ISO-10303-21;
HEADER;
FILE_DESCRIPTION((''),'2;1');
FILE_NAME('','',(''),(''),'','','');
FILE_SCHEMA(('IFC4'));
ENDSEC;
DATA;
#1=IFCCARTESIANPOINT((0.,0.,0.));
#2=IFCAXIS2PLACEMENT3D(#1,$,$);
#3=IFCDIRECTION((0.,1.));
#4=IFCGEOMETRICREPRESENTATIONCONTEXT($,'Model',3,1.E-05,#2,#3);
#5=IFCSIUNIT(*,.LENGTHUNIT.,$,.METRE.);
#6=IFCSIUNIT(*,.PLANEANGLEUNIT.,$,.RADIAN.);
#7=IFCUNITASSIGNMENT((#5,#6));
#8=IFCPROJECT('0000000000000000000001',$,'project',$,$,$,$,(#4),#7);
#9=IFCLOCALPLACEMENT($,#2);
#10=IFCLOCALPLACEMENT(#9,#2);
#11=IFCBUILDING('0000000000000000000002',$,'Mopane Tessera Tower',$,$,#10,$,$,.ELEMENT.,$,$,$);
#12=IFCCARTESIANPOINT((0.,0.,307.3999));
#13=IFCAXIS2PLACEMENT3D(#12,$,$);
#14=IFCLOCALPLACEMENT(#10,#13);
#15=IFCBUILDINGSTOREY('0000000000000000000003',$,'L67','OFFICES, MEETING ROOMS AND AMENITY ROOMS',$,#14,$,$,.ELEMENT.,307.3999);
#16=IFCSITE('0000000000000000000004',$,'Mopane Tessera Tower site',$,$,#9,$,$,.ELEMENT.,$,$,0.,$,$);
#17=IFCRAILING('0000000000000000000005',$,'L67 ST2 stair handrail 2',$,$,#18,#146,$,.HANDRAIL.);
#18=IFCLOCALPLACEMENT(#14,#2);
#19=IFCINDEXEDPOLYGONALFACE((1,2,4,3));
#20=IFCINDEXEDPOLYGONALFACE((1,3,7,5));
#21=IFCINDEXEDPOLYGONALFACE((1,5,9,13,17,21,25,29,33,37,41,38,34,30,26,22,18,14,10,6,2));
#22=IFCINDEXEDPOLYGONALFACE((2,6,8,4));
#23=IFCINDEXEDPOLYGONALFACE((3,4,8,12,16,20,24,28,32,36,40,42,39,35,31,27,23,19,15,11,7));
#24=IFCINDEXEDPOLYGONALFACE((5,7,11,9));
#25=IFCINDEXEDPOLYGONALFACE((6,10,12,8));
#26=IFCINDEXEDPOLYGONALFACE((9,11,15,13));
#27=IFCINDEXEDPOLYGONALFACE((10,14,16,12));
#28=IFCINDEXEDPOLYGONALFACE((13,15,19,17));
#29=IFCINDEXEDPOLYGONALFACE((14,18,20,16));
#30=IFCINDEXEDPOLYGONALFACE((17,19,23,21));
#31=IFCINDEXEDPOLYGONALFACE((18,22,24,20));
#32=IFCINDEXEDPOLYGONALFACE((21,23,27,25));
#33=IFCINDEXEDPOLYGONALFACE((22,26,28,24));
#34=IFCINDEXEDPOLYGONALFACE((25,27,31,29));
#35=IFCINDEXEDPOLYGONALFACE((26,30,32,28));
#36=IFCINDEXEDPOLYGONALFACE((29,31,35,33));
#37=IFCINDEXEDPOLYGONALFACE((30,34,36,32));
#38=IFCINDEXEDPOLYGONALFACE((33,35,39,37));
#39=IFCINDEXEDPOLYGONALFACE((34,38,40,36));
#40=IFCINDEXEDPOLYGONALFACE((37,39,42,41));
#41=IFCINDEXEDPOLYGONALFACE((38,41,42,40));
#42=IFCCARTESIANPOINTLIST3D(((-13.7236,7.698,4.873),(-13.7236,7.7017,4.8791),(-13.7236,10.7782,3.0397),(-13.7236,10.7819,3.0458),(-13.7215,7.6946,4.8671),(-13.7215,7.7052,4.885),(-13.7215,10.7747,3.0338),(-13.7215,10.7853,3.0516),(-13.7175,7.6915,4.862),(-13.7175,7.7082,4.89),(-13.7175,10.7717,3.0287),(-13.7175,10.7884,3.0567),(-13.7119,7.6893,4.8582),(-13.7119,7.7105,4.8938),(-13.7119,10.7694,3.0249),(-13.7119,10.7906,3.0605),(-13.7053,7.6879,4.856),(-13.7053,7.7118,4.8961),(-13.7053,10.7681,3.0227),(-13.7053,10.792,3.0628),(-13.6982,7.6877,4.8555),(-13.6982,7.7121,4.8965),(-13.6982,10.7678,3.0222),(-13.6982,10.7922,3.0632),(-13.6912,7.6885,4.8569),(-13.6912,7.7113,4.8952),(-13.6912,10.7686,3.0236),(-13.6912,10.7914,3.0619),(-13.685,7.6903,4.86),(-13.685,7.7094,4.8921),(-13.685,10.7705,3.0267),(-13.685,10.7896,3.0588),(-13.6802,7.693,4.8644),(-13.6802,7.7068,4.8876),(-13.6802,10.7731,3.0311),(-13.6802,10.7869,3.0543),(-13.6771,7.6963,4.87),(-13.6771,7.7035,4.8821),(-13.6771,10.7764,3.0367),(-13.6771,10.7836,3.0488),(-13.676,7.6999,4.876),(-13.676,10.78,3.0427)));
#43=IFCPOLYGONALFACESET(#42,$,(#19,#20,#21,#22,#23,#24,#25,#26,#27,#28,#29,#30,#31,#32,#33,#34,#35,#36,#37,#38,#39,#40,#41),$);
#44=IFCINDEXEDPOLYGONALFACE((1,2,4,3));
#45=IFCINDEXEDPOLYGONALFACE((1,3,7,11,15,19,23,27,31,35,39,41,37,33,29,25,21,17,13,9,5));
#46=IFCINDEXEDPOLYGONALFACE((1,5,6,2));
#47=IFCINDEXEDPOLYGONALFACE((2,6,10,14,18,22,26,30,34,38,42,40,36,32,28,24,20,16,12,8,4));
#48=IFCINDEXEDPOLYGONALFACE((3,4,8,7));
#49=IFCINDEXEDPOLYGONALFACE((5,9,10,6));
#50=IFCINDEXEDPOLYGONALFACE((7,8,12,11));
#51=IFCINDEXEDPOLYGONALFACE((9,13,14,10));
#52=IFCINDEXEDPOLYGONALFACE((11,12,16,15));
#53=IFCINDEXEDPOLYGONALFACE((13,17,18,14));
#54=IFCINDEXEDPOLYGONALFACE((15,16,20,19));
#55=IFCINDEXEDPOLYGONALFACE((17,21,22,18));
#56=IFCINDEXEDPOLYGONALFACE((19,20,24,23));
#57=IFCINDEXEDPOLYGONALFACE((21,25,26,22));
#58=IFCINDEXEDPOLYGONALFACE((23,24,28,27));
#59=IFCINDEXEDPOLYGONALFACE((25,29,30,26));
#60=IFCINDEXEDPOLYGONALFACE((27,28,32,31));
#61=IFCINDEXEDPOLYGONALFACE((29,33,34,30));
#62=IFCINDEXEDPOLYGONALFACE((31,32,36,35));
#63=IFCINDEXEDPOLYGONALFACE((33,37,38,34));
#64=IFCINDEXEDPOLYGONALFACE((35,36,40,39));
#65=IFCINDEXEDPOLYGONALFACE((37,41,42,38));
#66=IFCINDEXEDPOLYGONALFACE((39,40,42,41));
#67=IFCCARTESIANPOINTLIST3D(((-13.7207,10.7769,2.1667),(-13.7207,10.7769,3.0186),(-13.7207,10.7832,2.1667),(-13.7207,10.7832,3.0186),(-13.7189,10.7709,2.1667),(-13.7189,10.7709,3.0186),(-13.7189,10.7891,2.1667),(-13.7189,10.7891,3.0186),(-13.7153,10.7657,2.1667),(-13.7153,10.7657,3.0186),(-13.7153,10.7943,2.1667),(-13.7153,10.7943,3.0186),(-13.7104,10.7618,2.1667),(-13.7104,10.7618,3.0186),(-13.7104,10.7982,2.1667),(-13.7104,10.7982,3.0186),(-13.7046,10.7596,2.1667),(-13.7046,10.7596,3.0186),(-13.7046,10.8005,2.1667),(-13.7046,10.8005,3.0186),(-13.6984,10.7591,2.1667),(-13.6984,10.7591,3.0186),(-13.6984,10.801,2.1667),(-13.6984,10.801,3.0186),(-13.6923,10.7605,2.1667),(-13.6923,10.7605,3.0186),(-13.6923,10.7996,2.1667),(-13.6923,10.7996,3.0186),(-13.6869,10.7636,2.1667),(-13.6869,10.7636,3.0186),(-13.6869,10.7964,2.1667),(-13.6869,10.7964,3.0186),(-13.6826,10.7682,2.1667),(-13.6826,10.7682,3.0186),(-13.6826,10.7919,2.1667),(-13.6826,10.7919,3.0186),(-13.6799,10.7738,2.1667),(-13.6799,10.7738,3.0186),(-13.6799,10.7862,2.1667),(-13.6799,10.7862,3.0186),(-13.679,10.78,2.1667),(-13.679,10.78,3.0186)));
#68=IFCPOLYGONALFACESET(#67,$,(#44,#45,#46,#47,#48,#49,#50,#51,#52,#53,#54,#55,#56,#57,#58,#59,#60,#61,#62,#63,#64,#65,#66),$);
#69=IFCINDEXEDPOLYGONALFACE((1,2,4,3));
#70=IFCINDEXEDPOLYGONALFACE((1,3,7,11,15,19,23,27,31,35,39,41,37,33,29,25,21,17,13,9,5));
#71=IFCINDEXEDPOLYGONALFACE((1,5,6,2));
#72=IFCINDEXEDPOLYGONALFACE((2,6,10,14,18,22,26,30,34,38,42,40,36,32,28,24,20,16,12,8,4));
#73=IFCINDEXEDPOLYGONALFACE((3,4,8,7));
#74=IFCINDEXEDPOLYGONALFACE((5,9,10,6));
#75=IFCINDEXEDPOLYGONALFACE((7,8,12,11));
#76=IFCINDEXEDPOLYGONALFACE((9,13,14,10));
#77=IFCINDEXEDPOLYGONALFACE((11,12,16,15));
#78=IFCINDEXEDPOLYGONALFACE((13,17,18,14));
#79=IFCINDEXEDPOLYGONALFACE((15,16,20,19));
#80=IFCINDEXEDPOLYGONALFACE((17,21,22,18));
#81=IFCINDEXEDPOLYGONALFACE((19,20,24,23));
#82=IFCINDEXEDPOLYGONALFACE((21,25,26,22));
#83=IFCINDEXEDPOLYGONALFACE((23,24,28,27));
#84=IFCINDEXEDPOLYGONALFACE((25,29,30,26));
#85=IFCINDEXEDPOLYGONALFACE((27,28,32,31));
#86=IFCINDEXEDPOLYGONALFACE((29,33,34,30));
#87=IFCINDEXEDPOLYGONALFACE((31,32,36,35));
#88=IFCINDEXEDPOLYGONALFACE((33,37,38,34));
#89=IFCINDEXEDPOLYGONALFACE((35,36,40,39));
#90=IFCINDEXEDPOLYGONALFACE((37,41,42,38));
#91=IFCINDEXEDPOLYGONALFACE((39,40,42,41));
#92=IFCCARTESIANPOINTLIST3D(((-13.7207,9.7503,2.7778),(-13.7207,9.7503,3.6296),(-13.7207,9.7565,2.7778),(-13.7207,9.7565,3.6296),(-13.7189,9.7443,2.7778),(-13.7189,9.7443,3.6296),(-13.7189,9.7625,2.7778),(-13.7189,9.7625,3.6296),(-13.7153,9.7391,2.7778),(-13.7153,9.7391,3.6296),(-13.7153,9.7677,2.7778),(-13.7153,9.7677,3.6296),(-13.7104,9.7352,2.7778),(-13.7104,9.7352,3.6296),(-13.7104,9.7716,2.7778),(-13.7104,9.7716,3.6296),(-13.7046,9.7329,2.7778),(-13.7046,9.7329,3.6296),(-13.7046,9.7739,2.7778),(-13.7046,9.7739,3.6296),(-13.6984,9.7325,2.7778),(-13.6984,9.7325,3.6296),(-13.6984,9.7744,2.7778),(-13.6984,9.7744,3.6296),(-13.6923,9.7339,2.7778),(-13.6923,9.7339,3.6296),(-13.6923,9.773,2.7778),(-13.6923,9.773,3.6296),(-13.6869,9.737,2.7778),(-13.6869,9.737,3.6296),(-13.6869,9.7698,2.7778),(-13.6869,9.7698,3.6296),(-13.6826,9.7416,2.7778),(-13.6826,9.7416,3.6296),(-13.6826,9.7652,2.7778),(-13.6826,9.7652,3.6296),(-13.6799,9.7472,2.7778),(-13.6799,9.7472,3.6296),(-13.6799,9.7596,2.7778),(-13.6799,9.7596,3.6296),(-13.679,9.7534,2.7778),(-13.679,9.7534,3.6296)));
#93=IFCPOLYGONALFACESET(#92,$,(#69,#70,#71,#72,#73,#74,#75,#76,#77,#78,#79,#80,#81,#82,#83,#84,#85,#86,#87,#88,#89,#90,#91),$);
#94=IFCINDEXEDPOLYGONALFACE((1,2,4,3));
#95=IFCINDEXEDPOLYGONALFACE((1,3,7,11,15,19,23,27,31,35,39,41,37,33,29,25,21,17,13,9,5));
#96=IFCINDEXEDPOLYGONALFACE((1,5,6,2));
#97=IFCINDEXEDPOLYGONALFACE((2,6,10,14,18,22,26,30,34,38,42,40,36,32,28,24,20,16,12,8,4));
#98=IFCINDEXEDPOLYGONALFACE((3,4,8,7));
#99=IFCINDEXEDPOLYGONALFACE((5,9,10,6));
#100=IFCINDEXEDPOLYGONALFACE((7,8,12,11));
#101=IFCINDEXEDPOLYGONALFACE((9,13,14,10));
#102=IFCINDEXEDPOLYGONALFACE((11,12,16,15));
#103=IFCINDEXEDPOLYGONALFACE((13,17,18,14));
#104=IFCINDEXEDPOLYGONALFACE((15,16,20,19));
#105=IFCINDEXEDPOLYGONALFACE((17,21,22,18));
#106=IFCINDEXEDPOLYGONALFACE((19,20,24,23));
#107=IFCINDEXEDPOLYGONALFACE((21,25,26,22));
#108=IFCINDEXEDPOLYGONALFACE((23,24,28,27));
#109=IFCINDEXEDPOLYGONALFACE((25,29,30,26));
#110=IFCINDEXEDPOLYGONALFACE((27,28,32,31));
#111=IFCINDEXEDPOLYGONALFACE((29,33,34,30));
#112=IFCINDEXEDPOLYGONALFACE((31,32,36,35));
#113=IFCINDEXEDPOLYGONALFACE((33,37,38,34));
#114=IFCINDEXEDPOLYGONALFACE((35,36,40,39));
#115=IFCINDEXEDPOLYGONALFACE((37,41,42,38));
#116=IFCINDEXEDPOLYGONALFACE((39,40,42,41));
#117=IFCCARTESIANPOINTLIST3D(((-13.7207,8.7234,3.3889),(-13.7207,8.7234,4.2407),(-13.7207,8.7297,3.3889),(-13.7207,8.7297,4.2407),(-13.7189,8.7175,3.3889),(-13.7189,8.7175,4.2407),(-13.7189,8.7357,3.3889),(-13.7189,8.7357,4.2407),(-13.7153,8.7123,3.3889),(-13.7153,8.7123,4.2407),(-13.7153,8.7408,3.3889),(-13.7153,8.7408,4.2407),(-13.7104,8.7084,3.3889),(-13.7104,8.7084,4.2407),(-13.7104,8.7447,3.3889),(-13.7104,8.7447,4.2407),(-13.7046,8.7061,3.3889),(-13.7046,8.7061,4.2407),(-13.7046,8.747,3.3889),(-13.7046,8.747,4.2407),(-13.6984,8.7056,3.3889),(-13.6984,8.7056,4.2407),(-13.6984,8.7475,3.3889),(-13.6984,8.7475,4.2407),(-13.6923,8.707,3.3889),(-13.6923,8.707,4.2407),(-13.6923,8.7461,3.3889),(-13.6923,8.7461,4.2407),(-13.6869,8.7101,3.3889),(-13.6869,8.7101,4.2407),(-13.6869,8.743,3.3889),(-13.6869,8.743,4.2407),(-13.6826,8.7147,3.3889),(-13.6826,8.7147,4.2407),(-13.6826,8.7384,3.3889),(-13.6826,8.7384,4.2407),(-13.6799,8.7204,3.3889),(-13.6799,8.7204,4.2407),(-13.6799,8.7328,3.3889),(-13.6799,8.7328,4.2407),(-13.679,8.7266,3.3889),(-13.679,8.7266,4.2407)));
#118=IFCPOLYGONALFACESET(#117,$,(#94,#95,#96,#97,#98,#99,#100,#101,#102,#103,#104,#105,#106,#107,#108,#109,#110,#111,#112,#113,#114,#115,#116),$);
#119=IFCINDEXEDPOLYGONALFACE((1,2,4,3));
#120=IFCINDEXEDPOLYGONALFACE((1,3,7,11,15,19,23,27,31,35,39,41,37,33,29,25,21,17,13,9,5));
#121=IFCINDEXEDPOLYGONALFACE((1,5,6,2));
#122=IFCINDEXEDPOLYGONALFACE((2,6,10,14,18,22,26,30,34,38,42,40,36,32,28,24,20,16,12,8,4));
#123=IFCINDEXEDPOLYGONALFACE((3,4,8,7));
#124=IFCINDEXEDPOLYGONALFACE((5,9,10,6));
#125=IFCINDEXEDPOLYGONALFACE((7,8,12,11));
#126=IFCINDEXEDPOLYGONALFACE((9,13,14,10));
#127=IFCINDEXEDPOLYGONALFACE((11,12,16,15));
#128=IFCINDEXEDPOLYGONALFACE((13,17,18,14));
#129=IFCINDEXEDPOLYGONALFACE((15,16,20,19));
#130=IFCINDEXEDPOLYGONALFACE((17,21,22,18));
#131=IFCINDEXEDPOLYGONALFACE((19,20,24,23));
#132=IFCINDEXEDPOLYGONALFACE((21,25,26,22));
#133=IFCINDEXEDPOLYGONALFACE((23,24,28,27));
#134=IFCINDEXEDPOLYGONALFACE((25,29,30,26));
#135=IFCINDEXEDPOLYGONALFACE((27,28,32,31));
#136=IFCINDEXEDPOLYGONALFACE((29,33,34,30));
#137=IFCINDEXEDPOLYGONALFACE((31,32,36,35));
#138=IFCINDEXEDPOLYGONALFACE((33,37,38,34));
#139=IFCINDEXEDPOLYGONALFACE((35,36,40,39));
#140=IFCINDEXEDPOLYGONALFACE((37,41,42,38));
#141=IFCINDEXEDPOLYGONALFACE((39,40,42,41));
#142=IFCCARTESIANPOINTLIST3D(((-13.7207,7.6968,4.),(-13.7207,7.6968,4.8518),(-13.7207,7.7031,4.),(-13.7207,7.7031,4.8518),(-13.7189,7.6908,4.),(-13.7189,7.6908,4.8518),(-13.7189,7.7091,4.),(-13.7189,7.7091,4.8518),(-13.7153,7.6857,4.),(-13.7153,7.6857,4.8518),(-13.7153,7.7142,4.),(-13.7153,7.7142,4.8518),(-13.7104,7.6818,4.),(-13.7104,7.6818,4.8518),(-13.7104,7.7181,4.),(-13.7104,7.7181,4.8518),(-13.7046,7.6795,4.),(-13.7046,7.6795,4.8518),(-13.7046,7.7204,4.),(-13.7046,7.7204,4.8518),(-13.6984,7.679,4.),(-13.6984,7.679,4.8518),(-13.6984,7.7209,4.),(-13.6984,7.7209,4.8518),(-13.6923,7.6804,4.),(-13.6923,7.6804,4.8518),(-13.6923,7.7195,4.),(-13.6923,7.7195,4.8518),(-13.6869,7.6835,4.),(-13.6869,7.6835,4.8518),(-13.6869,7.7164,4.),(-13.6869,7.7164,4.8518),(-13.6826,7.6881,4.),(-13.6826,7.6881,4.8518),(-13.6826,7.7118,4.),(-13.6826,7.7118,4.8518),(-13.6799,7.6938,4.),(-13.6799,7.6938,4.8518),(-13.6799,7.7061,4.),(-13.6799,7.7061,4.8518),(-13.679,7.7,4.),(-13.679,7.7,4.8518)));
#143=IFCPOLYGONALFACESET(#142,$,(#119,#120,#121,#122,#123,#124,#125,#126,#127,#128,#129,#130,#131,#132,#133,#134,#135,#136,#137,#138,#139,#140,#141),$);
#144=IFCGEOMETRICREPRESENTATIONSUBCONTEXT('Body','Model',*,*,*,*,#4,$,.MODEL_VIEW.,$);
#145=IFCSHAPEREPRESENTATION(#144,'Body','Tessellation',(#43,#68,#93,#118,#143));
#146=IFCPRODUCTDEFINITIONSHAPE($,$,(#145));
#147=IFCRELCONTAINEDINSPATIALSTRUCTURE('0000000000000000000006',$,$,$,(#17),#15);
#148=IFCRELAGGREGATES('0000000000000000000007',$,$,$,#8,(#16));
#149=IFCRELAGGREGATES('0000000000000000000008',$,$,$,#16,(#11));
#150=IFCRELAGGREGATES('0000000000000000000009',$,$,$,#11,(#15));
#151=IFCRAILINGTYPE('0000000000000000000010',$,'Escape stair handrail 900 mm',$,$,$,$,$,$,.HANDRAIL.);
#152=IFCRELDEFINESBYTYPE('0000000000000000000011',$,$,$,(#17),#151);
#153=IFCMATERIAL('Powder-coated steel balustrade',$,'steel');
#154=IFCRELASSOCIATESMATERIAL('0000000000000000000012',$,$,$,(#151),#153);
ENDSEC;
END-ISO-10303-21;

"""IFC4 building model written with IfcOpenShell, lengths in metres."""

from ifc_helpers import new_model, si_unit, direction, frame, origin, origin_2d, place, context, subcontext, project, spatial, circle, extrude, material, type_object, element, save


model = new_model("IFC4")

# Units and contexts
model_context = context("Model", 3, precision=1e-05, world=origin(), true_north=direction((0.0, 1.0)))
body_context = subcontext(model_context, "Body", "Model", "MODEL_VIEW")
ifc_project = project(units=[si_unit("LENGTHUNIT", "METRE"), si_unit("PLANEANGLEUNIT", "RADIAN")], contexts=[model_context])

# Site, building, storey
site_placement = place(None, origin())
site = spatial("IfcSite", under=ifc_project, at=site_placement, Name="Mopane Tessera Tower site", CompositionType="ELEMENT", RefElevation=0.0)
building_placement = place(site_placement, origin())
building = spatial("IfcBuilding", under=site, at=building_placement, Name="Mopane Tessera Tower", CompositionType="ELEMENT")
storey_placement = place(building_placement, frame((0.0, 0.0, 307.3999)))
storey = spatial("IfcBuildingStorey", under=building, at=storey_placement, Name="L67", Description="OFFICES, MEETING ROOMS AND AMENITY ROOMS", CompositionType="ELEMENT", Elevation=307.3999)

# Railing
ifc_material_1 = material(Name="Powder-coated steel balustrade", Category="steel")
railing_type_1 = type_object("IfcRailingType", Name="Escape stair handrail 900 mm", PredefinedType="HANDRAIL", material=ifc_material_1)
railing_1_placement = place(storey_placement, frame((-13.7, 10.78, 2.1667)))
element("IfcRailing", 1, at=railing_1_placement, inside=storey, type_object=railing_type_1, Name="L67 ST2 stair handrail 2", PredefinedType="HANDRAIL", context=body_context, shape_type="SweptSolid", body=[
    extrude(circle(Radius=0.0239, at=origin_2d()), frame((0.0, 0.0, 0.876), z_axis=(0.0, -0.859309, 0.511458), x_axis=(1.0, 0.0, 0.0)), (0.0, 0.0, 1.0), 3.5845),
    extrude(circle(Radius=0.021, at=origin_2d()), origin(), (0.0, 0.0, 1.0), 0.8518),
    extrude(circle(Radius=0.021, at=origin_2d()), frame((0.0, -1.0266, 0.6111)), (0.0, 0.0, 1.0), 0.8518),
    extrude(circle(Radius=0.021, at=origin_2d()), frame((0.0, -2.0535, 1.2222)), (0.0, 0.0, 1.0), 0.8518),
    extrude(circle(Radius=0.021, at=origin_2d()), frame((0.0, -3.0801, 1.8333)), (0.0, 0.0, 1.0), 0.8518),
])

save(model, "model.ifc")
